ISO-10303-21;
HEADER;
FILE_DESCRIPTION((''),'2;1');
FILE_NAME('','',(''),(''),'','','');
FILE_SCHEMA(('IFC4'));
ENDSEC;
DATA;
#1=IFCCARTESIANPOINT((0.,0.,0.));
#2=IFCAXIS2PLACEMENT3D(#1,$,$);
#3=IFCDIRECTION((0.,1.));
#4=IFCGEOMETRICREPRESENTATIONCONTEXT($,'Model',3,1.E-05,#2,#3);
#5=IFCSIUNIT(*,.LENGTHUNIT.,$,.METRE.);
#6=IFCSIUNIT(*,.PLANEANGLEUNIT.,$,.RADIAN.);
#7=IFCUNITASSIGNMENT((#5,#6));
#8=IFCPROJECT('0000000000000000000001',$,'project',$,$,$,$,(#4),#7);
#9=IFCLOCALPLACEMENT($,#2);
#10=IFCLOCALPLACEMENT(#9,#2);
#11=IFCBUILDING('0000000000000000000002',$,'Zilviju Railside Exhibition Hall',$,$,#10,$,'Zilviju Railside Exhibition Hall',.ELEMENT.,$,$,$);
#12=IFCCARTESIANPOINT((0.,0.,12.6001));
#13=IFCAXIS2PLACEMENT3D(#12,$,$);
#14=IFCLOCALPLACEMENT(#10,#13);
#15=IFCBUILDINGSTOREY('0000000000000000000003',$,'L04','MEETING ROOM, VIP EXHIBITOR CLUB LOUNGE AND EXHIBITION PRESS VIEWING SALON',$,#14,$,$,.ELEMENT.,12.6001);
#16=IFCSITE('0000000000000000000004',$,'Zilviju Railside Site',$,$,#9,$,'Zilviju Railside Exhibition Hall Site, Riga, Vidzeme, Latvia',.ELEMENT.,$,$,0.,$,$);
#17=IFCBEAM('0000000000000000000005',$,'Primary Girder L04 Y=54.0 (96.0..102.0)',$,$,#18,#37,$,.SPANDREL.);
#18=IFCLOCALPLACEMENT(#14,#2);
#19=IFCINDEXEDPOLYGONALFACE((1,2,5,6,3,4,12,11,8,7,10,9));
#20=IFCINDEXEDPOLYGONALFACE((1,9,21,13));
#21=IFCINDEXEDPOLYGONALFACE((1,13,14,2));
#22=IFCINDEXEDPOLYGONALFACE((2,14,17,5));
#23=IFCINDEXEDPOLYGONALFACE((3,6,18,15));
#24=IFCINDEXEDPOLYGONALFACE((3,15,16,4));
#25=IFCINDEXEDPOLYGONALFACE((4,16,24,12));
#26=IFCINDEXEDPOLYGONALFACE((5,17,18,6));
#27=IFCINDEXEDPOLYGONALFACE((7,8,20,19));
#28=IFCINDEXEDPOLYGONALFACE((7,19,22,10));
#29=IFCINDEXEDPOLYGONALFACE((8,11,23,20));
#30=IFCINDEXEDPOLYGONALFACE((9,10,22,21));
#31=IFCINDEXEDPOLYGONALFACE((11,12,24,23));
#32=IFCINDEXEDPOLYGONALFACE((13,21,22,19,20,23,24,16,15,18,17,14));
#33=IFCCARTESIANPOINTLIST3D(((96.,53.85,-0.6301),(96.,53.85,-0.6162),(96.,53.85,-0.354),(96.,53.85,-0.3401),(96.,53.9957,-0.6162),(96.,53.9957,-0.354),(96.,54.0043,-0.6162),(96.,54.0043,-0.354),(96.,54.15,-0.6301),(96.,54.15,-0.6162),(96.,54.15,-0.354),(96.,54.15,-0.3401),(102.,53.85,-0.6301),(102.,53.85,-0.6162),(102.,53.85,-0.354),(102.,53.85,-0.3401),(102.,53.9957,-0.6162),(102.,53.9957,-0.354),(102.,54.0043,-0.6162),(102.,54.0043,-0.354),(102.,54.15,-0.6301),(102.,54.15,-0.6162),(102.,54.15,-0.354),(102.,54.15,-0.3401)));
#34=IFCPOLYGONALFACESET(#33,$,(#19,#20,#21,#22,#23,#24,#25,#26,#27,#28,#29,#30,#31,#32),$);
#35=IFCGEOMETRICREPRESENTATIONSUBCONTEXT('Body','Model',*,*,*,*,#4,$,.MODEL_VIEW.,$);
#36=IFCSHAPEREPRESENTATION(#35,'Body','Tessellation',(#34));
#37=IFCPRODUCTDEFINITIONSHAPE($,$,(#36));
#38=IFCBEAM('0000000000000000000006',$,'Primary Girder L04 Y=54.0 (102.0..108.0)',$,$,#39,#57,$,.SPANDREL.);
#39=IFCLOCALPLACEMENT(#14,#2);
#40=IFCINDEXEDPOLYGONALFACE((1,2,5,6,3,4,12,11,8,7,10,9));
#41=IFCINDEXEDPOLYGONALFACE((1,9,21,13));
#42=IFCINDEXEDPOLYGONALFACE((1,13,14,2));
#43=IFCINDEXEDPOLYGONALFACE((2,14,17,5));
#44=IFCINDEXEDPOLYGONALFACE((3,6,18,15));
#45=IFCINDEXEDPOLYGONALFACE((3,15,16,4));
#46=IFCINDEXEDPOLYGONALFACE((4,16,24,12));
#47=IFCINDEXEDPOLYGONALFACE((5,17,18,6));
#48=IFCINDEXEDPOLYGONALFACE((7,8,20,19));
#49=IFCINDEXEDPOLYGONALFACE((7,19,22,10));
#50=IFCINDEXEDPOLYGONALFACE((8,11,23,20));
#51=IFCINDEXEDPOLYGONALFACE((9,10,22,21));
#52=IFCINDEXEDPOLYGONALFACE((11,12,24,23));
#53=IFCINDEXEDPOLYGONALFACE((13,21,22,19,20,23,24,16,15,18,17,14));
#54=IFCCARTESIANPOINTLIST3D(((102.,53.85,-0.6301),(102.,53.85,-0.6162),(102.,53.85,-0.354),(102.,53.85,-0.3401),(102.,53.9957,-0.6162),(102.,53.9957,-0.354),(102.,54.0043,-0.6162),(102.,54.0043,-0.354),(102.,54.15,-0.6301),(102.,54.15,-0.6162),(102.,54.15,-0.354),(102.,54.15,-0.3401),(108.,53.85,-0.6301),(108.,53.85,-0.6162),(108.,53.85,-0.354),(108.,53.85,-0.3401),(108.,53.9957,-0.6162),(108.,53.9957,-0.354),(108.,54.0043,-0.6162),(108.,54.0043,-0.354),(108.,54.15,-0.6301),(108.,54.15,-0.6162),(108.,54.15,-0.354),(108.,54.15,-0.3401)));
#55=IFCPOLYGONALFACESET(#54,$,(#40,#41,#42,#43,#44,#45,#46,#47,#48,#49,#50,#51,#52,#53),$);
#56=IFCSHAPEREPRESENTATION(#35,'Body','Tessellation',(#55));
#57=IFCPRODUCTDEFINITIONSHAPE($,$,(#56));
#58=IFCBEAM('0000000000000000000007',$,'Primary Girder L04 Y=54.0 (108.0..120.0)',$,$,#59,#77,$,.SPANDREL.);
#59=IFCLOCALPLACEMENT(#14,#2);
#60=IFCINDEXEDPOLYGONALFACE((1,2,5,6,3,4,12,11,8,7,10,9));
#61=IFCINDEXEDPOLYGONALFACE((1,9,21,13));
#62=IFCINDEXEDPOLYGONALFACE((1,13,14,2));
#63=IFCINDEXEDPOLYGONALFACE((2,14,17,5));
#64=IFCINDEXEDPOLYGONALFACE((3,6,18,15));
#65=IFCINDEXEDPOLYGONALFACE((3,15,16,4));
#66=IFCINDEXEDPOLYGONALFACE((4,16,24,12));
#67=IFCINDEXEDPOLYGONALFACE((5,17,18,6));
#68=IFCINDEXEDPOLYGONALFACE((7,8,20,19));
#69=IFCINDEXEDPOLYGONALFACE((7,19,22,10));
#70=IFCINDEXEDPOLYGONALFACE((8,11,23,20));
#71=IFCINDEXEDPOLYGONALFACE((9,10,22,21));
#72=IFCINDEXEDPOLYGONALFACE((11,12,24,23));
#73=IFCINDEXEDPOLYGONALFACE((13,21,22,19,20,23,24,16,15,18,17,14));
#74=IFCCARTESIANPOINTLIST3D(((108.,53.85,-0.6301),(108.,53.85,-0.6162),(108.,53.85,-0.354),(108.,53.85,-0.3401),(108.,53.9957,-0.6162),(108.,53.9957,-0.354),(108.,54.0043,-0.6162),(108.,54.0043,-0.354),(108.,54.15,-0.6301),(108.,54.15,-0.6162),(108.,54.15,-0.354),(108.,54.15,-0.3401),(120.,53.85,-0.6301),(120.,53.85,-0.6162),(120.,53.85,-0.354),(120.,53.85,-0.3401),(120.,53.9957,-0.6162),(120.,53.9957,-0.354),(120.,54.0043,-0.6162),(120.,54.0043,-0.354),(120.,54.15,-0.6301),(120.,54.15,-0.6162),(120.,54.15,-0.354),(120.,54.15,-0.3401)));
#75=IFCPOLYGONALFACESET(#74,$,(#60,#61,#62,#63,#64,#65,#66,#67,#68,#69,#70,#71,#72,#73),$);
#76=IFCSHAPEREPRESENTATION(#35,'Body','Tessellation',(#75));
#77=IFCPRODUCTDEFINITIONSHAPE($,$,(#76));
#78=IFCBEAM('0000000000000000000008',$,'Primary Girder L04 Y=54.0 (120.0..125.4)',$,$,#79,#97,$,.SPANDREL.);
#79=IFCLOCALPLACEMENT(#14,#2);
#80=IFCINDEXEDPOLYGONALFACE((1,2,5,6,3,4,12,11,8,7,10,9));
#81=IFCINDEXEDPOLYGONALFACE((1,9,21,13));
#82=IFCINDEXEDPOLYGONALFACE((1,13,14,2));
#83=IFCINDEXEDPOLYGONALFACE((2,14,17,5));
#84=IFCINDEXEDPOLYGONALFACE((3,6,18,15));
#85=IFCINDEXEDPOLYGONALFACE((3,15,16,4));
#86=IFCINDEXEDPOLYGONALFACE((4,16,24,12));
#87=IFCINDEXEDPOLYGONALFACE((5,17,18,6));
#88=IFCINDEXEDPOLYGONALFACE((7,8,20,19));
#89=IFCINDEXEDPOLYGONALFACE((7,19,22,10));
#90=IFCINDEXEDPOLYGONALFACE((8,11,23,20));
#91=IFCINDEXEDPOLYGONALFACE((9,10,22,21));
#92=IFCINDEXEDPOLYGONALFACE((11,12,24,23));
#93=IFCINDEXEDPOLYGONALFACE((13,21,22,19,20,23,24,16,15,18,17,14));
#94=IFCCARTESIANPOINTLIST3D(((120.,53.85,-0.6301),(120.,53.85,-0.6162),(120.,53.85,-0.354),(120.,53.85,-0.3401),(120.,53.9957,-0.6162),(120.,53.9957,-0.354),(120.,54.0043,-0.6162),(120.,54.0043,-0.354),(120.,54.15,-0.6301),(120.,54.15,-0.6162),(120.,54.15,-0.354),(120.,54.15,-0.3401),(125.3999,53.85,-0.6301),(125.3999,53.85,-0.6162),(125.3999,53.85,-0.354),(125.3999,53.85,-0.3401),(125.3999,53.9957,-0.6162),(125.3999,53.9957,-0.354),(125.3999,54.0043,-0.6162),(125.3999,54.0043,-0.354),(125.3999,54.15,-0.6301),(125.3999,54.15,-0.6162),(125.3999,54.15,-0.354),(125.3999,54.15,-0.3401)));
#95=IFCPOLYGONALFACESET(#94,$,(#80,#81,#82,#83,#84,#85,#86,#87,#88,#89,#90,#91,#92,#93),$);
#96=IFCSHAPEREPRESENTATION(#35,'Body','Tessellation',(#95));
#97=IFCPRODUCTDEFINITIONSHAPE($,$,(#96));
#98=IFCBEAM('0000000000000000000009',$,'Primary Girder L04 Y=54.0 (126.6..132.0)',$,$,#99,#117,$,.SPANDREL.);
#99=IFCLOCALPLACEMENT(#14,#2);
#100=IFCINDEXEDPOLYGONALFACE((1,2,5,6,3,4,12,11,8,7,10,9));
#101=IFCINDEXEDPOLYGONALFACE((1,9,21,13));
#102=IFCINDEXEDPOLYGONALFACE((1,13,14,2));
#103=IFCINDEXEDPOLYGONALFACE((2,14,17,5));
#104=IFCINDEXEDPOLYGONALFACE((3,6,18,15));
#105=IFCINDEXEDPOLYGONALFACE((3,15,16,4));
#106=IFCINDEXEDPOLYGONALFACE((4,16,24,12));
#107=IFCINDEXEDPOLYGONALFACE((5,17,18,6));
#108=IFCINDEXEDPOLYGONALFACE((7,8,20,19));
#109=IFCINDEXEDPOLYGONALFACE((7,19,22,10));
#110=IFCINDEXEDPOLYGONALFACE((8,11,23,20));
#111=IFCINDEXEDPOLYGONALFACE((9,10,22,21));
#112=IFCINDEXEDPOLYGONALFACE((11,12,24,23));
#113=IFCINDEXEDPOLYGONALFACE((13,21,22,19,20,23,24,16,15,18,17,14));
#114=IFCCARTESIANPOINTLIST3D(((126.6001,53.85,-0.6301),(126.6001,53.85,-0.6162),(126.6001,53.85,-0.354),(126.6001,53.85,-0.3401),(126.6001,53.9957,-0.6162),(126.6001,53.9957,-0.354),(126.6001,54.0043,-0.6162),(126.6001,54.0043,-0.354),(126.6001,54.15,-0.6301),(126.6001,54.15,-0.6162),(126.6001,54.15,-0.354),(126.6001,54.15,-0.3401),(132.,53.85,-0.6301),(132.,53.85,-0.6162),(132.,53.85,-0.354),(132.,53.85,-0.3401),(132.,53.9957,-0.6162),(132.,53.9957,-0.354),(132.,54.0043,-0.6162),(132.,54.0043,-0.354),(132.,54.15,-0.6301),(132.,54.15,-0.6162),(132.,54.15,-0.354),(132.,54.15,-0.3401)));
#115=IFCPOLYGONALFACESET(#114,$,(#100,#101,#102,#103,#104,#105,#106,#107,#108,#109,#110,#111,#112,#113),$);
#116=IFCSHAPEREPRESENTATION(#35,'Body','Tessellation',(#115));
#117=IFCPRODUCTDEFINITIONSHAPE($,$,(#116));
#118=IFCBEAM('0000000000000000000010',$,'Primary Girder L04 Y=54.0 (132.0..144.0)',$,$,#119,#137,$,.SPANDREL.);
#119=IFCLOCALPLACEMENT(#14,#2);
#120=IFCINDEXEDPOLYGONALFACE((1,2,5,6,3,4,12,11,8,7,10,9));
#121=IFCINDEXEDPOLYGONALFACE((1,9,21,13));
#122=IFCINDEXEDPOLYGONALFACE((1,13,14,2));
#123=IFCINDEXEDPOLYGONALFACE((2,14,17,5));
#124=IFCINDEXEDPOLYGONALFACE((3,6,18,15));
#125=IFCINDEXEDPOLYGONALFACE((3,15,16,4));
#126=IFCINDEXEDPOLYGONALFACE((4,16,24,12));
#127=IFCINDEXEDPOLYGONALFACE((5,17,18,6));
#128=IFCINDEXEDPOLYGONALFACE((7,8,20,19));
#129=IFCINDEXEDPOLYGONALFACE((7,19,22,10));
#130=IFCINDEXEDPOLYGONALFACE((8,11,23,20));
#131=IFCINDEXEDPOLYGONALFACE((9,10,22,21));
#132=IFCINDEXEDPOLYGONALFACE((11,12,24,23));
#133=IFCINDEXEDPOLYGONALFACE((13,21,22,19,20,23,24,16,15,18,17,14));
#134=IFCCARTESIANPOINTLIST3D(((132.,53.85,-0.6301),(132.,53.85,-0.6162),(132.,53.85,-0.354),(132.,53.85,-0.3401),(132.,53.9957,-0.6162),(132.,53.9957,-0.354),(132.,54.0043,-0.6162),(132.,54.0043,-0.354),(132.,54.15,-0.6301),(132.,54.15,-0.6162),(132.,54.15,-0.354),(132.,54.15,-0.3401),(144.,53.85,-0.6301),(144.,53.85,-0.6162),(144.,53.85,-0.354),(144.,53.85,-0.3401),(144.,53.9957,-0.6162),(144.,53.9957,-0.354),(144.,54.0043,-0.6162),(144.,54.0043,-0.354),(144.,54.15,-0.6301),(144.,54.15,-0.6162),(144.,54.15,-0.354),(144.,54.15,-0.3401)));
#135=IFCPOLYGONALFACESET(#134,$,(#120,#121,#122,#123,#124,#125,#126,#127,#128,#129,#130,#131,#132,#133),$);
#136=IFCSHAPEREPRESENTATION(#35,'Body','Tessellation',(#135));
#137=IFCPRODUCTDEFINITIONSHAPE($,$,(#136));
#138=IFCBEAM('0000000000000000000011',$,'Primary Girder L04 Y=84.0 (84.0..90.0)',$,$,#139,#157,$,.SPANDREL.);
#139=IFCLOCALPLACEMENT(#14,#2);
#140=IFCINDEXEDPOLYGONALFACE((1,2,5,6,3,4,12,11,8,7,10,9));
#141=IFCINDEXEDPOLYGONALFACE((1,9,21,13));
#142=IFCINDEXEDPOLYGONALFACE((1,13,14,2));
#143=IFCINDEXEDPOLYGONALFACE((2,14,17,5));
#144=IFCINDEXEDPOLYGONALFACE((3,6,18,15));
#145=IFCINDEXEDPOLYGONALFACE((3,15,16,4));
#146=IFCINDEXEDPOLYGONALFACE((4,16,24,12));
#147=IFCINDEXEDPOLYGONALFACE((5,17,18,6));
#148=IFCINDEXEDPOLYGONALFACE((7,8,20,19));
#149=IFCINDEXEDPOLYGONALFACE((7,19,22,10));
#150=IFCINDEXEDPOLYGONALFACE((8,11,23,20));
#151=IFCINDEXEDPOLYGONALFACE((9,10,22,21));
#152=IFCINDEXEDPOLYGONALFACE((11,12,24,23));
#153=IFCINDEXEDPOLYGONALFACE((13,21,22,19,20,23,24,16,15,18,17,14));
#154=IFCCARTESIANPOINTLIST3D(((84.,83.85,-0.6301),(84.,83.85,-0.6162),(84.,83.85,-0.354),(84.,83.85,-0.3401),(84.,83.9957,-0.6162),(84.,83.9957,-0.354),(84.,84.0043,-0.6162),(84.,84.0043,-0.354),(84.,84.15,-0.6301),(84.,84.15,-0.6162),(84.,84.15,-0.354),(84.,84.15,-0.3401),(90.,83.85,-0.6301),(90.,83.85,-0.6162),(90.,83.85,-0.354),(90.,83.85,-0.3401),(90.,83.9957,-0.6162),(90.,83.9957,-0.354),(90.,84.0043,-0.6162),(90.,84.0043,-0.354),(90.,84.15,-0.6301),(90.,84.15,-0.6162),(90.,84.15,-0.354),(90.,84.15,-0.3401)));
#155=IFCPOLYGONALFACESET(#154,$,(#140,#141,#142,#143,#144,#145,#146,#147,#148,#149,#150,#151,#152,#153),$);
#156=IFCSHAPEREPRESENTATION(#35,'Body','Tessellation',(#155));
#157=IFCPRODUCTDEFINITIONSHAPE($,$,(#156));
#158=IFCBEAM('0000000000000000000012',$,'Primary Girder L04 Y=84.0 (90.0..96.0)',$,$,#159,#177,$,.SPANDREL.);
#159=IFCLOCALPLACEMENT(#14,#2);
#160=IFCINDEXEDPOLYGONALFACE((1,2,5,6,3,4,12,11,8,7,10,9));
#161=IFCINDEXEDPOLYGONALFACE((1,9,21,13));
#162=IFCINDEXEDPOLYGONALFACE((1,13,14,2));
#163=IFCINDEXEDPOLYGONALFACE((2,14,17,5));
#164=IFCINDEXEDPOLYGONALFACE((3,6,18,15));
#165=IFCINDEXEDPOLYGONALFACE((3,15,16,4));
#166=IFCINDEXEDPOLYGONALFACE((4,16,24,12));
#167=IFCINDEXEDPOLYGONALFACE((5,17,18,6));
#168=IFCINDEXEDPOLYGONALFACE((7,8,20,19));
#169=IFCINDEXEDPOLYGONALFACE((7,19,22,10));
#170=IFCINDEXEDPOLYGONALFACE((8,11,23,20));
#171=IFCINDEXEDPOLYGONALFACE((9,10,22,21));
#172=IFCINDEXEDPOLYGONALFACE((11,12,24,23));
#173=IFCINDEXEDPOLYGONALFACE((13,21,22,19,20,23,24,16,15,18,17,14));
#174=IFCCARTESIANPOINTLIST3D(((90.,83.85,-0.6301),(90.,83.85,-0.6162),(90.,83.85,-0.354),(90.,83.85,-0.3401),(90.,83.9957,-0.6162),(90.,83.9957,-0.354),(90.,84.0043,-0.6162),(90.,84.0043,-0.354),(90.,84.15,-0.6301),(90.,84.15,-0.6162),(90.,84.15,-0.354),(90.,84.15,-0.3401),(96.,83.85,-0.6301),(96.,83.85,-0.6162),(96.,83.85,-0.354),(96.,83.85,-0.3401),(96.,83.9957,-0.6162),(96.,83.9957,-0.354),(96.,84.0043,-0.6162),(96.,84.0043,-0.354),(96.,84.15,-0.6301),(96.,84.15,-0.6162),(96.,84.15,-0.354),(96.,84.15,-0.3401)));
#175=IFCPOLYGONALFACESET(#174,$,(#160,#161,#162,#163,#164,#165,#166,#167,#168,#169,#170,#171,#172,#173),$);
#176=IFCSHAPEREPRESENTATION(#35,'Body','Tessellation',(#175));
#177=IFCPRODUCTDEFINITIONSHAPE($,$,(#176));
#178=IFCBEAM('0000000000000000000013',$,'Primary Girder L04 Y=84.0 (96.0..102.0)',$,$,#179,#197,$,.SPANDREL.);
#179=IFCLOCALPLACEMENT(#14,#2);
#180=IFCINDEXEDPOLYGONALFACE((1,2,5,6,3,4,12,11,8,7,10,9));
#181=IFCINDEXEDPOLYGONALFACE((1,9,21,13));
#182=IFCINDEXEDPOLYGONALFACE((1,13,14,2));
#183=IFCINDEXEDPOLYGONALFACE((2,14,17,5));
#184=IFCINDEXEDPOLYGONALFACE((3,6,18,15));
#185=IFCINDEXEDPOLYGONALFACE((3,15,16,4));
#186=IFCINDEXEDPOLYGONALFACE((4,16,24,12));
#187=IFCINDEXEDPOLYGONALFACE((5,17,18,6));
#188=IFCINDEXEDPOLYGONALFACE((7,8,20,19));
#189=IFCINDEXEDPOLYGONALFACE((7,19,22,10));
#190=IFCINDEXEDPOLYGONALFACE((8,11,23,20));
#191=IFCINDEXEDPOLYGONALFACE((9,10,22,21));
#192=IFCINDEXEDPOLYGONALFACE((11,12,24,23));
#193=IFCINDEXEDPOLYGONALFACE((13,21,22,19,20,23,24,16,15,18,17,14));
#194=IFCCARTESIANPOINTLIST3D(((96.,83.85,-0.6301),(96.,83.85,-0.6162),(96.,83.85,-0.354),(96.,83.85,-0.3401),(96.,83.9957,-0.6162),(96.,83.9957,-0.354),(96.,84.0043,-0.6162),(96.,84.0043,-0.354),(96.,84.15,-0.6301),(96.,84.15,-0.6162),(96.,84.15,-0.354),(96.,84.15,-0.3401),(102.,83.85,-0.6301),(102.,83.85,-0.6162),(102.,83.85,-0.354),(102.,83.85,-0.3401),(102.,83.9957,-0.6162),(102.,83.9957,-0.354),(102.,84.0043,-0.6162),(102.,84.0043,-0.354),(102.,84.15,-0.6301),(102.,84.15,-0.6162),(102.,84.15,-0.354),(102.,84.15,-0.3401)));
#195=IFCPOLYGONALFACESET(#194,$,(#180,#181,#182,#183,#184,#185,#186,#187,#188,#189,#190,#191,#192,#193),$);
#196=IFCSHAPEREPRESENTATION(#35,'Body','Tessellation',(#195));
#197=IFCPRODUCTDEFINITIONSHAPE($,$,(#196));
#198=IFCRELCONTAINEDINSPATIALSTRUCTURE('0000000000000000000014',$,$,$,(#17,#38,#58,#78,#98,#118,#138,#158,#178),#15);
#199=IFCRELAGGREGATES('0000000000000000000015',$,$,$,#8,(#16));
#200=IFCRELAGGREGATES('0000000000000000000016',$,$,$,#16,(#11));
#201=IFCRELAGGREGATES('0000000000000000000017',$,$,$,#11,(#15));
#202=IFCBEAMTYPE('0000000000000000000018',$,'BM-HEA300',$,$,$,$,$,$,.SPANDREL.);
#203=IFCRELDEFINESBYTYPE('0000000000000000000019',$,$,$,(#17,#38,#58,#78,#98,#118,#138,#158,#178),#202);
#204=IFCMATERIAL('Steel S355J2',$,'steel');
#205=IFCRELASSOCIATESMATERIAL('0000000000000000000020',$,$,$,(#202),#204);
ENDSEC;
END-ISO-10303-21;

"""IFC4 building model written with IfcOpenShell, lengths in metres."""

from ifc_helpers import new_model, si_unit, direction, frame, origin, origin_2d, place, context, subcontext, project, spatial, i_section, extrude, material, material_profile, profile_set, type_object, element, save


model = new_model("IFC4")

# Units and contexts
model_context = context("Model", 3, precision=1e-05, world=origin(), true_north=direction((0.0, 1.0)))
body_context = subcontext(model_context, "Body", "Model", "MODEL_VIEW")
ifc_project = project(units=[si_unit("LENGTHUNIT", "METRE"), si_unit("PLANEANGLEUNIT", "RADIAN")], contexts=[model_context])

# Site, building, storey
site_placement = place(None, origin())
site = spatial("IfcSite", under=ifc_project, at=site_placement, Name="Zilviju Railside Site", LongName="Zilviju Railside Exhibition Hall Site, Riga, Vidzeme, Latvia", CompositionType="ELEMENT", RefElevation=0.0)
building_placement = place(site_placement, origin())
building = spatial("IfcBuilding", under=site, at=building_placement, Name="Zilviju Railside Exhibition Hall", LongName="Zilviju Railside Exhibition Hall", CompositionType="ELEMENT")
storey_placement = place(building_placement, frame((0.0, 0.0, 12.6001)))
storey = spatial("IfcBuildingStorey", under=building, at=storey_placement, Name="L04", Description="MEETING ROOM, VIP EXHIBITOR CLUB LOUNGE AND EXHIBITION PRESS VIEWING SALON", CompositionType="ELEMENT", Elevation=12.6001)

# Beams
ifc_material_1 = material(Name="Steel S355J2", Category="steel")
ifc_material_profile_1 = material_profile(ifc_material_1, i_section(OverallWidth=0.3, OverallDepth=0.29, WebThickness=0.0085, FlangeThickness=0.0139, at=origin_2d()), Name="HEA 300")
ifc_profile_set_1 = profile_set([ifc_material_profile_1], Name="Steel S355J2")
beam_type = type_object("IfcBeamType", Name="BM-HEA300", PredefinedType="SPANDREL", material=ifc_profile_set_1)
for number, where, z_axis, x_axis, name in (
    (1, (96.0, 54.0, -0.4851), (1.0, 0.0, 0.0), (0.0, 1.0, 0.0), "Primary Girder L04 Y=54.0 (96.0..102.0)"),
    (2, (102.0, 54.0, -0.4851), (1.0, 0.0, 0.0), (0.0, 1.0, 0.0), "Primary Girder L04 Y=54.0 (102.0..108.0)"),
):
    element("IfcBeam", number, at=place(storey_placement, frame(where, z_axis=z_axis, x_axis=x_axis)), inside=storey, type_object=beam_type, Name=name, PredefinedType="SPANDREL", context=body_context, shape_type="SweptSolid", body=[
        extrude(i_section(OverallWidth=0.3, OverallDepth=0.29, WebThickness=0.0085, FlangeThickness=0.0139, at=origin_2d()), origin(), (0.0, 0.0, 1.0), 6.0),
    ])
beam_1_placement = place(storey_placement, frame((108.0, 54.0, -0.4851), z_axis=(1.0, 0.0, 0.0), x_axis=(0.0, 1.0, 0.0)))
element("IfcBeam", 3, at=beam_1_placement, inside=storey, type_object=beam_type, Name="Primary Girder L04 Y=54.0 (108.0..120.0)", PredefinedType="SPANDREL", context=body_context, shape_type="SweptSolid", body=[
    extrude(i_section(OverallWidth=0.3, OverallDepth=0.29, WebThickness=0.0085, FlangeThickness=0.0139, at=origin_2d()), origin(), (0.0, 0.0, 1.0), 12.0),
])
for number, where, z_axis, x_axis, name in (
    (4, (120.0, 54.0, -0.4851), (1.0, 0.0, 0.0), (0.0, 1.0, 0.0), "Primary Girder L04 Y=54.0 (120.0..125.4)"),
    (5, (126.6001, 54.0, -0.4851), (1.0, 0.0, 0.0), (0.0, 1.0, 0.0), "Primary Girder L04 Y=54.0 (126.6..132.0)"),
):
    element("IfcBeam", number, at=place(storey_placement, frame(where, z_axis=z_axis, x_axis=x_axis)), inside=storey, type_object=beam_type, Name=name, PredefinedType="SPANDREL", context=body_context, shape_type="SweptSolid", body=[
        extrude(i_section(OverallWidth=0.3, OverallDepth=0.29, WebThickness=0.0085, FlangeThickness=0.0139, at=origin_2d()), origin(), (0.0, 0.0, 1.0), 5.3999),
    ])
beam_2_placement = place(storey_placement, frame((132.0, 54.0, -0.4851), z_axis=(1.0, 0.0, 0.0), x_axis=(0.0, 1.0, 0.0)))
element("IfcBeam", 6, at=beam_2_placement, inside=storey, type_object=beam_type, Name="Primary Girder L04 Y=54.0 (132.0..144.0)", PredefinedType="SPANDREL", context=body_context, shape_type="SweptSolid", body=[
    extrude(i_section(OverallWidth=0.3, OverallDepth=0.29, WebThickness=0.0085, FlangeThickness=0.0139, at=origin_2d()), origin(), (0.0, 0.0, 1.0), 12.0),
])
for number, where, z_axis, x_axis, name in (
    (7, (84.0, 84.0, -0.4851), (1.0, 0.0, 0.0), (0.0, 1.0, 0.0), "Primary Girder L04 Y=84.0 (84.0..90.0)"),
    (8, (90.0, 84.0, -0.4851), (1.0, 0.0, 0.0), (0.0, 1.0, 0.0), "Primary Girder L04 Y=84.0 (90.0..96.0)"),
    (9, (96.0, 84.0, -0.4851), (1.0, 0.0, 0.0), (0.0, 1.0, 0.0), "Primary Girder L04 Y=84.0 (96.0..102.0)"),
):
    element("IfcBeam", number, at=place(storey_placement, frame(where, z_axis=z_axis, x_axis=x_axis)), inside=storey, type_object=beam_type, Name=name, PredefinedType="SPANDREL", context=body_context, shape_type="SweptSolid", body=[
        extrude(i_section(OverallWidth=0.3, OverallDepth=0.29, WebThickness=0.0085, FlangeThickness=0.0139, at=origin_2d()), origin(), (0.0, 0.0, 1.0), 6.0),
    ])

save(model, "model.ifc")
